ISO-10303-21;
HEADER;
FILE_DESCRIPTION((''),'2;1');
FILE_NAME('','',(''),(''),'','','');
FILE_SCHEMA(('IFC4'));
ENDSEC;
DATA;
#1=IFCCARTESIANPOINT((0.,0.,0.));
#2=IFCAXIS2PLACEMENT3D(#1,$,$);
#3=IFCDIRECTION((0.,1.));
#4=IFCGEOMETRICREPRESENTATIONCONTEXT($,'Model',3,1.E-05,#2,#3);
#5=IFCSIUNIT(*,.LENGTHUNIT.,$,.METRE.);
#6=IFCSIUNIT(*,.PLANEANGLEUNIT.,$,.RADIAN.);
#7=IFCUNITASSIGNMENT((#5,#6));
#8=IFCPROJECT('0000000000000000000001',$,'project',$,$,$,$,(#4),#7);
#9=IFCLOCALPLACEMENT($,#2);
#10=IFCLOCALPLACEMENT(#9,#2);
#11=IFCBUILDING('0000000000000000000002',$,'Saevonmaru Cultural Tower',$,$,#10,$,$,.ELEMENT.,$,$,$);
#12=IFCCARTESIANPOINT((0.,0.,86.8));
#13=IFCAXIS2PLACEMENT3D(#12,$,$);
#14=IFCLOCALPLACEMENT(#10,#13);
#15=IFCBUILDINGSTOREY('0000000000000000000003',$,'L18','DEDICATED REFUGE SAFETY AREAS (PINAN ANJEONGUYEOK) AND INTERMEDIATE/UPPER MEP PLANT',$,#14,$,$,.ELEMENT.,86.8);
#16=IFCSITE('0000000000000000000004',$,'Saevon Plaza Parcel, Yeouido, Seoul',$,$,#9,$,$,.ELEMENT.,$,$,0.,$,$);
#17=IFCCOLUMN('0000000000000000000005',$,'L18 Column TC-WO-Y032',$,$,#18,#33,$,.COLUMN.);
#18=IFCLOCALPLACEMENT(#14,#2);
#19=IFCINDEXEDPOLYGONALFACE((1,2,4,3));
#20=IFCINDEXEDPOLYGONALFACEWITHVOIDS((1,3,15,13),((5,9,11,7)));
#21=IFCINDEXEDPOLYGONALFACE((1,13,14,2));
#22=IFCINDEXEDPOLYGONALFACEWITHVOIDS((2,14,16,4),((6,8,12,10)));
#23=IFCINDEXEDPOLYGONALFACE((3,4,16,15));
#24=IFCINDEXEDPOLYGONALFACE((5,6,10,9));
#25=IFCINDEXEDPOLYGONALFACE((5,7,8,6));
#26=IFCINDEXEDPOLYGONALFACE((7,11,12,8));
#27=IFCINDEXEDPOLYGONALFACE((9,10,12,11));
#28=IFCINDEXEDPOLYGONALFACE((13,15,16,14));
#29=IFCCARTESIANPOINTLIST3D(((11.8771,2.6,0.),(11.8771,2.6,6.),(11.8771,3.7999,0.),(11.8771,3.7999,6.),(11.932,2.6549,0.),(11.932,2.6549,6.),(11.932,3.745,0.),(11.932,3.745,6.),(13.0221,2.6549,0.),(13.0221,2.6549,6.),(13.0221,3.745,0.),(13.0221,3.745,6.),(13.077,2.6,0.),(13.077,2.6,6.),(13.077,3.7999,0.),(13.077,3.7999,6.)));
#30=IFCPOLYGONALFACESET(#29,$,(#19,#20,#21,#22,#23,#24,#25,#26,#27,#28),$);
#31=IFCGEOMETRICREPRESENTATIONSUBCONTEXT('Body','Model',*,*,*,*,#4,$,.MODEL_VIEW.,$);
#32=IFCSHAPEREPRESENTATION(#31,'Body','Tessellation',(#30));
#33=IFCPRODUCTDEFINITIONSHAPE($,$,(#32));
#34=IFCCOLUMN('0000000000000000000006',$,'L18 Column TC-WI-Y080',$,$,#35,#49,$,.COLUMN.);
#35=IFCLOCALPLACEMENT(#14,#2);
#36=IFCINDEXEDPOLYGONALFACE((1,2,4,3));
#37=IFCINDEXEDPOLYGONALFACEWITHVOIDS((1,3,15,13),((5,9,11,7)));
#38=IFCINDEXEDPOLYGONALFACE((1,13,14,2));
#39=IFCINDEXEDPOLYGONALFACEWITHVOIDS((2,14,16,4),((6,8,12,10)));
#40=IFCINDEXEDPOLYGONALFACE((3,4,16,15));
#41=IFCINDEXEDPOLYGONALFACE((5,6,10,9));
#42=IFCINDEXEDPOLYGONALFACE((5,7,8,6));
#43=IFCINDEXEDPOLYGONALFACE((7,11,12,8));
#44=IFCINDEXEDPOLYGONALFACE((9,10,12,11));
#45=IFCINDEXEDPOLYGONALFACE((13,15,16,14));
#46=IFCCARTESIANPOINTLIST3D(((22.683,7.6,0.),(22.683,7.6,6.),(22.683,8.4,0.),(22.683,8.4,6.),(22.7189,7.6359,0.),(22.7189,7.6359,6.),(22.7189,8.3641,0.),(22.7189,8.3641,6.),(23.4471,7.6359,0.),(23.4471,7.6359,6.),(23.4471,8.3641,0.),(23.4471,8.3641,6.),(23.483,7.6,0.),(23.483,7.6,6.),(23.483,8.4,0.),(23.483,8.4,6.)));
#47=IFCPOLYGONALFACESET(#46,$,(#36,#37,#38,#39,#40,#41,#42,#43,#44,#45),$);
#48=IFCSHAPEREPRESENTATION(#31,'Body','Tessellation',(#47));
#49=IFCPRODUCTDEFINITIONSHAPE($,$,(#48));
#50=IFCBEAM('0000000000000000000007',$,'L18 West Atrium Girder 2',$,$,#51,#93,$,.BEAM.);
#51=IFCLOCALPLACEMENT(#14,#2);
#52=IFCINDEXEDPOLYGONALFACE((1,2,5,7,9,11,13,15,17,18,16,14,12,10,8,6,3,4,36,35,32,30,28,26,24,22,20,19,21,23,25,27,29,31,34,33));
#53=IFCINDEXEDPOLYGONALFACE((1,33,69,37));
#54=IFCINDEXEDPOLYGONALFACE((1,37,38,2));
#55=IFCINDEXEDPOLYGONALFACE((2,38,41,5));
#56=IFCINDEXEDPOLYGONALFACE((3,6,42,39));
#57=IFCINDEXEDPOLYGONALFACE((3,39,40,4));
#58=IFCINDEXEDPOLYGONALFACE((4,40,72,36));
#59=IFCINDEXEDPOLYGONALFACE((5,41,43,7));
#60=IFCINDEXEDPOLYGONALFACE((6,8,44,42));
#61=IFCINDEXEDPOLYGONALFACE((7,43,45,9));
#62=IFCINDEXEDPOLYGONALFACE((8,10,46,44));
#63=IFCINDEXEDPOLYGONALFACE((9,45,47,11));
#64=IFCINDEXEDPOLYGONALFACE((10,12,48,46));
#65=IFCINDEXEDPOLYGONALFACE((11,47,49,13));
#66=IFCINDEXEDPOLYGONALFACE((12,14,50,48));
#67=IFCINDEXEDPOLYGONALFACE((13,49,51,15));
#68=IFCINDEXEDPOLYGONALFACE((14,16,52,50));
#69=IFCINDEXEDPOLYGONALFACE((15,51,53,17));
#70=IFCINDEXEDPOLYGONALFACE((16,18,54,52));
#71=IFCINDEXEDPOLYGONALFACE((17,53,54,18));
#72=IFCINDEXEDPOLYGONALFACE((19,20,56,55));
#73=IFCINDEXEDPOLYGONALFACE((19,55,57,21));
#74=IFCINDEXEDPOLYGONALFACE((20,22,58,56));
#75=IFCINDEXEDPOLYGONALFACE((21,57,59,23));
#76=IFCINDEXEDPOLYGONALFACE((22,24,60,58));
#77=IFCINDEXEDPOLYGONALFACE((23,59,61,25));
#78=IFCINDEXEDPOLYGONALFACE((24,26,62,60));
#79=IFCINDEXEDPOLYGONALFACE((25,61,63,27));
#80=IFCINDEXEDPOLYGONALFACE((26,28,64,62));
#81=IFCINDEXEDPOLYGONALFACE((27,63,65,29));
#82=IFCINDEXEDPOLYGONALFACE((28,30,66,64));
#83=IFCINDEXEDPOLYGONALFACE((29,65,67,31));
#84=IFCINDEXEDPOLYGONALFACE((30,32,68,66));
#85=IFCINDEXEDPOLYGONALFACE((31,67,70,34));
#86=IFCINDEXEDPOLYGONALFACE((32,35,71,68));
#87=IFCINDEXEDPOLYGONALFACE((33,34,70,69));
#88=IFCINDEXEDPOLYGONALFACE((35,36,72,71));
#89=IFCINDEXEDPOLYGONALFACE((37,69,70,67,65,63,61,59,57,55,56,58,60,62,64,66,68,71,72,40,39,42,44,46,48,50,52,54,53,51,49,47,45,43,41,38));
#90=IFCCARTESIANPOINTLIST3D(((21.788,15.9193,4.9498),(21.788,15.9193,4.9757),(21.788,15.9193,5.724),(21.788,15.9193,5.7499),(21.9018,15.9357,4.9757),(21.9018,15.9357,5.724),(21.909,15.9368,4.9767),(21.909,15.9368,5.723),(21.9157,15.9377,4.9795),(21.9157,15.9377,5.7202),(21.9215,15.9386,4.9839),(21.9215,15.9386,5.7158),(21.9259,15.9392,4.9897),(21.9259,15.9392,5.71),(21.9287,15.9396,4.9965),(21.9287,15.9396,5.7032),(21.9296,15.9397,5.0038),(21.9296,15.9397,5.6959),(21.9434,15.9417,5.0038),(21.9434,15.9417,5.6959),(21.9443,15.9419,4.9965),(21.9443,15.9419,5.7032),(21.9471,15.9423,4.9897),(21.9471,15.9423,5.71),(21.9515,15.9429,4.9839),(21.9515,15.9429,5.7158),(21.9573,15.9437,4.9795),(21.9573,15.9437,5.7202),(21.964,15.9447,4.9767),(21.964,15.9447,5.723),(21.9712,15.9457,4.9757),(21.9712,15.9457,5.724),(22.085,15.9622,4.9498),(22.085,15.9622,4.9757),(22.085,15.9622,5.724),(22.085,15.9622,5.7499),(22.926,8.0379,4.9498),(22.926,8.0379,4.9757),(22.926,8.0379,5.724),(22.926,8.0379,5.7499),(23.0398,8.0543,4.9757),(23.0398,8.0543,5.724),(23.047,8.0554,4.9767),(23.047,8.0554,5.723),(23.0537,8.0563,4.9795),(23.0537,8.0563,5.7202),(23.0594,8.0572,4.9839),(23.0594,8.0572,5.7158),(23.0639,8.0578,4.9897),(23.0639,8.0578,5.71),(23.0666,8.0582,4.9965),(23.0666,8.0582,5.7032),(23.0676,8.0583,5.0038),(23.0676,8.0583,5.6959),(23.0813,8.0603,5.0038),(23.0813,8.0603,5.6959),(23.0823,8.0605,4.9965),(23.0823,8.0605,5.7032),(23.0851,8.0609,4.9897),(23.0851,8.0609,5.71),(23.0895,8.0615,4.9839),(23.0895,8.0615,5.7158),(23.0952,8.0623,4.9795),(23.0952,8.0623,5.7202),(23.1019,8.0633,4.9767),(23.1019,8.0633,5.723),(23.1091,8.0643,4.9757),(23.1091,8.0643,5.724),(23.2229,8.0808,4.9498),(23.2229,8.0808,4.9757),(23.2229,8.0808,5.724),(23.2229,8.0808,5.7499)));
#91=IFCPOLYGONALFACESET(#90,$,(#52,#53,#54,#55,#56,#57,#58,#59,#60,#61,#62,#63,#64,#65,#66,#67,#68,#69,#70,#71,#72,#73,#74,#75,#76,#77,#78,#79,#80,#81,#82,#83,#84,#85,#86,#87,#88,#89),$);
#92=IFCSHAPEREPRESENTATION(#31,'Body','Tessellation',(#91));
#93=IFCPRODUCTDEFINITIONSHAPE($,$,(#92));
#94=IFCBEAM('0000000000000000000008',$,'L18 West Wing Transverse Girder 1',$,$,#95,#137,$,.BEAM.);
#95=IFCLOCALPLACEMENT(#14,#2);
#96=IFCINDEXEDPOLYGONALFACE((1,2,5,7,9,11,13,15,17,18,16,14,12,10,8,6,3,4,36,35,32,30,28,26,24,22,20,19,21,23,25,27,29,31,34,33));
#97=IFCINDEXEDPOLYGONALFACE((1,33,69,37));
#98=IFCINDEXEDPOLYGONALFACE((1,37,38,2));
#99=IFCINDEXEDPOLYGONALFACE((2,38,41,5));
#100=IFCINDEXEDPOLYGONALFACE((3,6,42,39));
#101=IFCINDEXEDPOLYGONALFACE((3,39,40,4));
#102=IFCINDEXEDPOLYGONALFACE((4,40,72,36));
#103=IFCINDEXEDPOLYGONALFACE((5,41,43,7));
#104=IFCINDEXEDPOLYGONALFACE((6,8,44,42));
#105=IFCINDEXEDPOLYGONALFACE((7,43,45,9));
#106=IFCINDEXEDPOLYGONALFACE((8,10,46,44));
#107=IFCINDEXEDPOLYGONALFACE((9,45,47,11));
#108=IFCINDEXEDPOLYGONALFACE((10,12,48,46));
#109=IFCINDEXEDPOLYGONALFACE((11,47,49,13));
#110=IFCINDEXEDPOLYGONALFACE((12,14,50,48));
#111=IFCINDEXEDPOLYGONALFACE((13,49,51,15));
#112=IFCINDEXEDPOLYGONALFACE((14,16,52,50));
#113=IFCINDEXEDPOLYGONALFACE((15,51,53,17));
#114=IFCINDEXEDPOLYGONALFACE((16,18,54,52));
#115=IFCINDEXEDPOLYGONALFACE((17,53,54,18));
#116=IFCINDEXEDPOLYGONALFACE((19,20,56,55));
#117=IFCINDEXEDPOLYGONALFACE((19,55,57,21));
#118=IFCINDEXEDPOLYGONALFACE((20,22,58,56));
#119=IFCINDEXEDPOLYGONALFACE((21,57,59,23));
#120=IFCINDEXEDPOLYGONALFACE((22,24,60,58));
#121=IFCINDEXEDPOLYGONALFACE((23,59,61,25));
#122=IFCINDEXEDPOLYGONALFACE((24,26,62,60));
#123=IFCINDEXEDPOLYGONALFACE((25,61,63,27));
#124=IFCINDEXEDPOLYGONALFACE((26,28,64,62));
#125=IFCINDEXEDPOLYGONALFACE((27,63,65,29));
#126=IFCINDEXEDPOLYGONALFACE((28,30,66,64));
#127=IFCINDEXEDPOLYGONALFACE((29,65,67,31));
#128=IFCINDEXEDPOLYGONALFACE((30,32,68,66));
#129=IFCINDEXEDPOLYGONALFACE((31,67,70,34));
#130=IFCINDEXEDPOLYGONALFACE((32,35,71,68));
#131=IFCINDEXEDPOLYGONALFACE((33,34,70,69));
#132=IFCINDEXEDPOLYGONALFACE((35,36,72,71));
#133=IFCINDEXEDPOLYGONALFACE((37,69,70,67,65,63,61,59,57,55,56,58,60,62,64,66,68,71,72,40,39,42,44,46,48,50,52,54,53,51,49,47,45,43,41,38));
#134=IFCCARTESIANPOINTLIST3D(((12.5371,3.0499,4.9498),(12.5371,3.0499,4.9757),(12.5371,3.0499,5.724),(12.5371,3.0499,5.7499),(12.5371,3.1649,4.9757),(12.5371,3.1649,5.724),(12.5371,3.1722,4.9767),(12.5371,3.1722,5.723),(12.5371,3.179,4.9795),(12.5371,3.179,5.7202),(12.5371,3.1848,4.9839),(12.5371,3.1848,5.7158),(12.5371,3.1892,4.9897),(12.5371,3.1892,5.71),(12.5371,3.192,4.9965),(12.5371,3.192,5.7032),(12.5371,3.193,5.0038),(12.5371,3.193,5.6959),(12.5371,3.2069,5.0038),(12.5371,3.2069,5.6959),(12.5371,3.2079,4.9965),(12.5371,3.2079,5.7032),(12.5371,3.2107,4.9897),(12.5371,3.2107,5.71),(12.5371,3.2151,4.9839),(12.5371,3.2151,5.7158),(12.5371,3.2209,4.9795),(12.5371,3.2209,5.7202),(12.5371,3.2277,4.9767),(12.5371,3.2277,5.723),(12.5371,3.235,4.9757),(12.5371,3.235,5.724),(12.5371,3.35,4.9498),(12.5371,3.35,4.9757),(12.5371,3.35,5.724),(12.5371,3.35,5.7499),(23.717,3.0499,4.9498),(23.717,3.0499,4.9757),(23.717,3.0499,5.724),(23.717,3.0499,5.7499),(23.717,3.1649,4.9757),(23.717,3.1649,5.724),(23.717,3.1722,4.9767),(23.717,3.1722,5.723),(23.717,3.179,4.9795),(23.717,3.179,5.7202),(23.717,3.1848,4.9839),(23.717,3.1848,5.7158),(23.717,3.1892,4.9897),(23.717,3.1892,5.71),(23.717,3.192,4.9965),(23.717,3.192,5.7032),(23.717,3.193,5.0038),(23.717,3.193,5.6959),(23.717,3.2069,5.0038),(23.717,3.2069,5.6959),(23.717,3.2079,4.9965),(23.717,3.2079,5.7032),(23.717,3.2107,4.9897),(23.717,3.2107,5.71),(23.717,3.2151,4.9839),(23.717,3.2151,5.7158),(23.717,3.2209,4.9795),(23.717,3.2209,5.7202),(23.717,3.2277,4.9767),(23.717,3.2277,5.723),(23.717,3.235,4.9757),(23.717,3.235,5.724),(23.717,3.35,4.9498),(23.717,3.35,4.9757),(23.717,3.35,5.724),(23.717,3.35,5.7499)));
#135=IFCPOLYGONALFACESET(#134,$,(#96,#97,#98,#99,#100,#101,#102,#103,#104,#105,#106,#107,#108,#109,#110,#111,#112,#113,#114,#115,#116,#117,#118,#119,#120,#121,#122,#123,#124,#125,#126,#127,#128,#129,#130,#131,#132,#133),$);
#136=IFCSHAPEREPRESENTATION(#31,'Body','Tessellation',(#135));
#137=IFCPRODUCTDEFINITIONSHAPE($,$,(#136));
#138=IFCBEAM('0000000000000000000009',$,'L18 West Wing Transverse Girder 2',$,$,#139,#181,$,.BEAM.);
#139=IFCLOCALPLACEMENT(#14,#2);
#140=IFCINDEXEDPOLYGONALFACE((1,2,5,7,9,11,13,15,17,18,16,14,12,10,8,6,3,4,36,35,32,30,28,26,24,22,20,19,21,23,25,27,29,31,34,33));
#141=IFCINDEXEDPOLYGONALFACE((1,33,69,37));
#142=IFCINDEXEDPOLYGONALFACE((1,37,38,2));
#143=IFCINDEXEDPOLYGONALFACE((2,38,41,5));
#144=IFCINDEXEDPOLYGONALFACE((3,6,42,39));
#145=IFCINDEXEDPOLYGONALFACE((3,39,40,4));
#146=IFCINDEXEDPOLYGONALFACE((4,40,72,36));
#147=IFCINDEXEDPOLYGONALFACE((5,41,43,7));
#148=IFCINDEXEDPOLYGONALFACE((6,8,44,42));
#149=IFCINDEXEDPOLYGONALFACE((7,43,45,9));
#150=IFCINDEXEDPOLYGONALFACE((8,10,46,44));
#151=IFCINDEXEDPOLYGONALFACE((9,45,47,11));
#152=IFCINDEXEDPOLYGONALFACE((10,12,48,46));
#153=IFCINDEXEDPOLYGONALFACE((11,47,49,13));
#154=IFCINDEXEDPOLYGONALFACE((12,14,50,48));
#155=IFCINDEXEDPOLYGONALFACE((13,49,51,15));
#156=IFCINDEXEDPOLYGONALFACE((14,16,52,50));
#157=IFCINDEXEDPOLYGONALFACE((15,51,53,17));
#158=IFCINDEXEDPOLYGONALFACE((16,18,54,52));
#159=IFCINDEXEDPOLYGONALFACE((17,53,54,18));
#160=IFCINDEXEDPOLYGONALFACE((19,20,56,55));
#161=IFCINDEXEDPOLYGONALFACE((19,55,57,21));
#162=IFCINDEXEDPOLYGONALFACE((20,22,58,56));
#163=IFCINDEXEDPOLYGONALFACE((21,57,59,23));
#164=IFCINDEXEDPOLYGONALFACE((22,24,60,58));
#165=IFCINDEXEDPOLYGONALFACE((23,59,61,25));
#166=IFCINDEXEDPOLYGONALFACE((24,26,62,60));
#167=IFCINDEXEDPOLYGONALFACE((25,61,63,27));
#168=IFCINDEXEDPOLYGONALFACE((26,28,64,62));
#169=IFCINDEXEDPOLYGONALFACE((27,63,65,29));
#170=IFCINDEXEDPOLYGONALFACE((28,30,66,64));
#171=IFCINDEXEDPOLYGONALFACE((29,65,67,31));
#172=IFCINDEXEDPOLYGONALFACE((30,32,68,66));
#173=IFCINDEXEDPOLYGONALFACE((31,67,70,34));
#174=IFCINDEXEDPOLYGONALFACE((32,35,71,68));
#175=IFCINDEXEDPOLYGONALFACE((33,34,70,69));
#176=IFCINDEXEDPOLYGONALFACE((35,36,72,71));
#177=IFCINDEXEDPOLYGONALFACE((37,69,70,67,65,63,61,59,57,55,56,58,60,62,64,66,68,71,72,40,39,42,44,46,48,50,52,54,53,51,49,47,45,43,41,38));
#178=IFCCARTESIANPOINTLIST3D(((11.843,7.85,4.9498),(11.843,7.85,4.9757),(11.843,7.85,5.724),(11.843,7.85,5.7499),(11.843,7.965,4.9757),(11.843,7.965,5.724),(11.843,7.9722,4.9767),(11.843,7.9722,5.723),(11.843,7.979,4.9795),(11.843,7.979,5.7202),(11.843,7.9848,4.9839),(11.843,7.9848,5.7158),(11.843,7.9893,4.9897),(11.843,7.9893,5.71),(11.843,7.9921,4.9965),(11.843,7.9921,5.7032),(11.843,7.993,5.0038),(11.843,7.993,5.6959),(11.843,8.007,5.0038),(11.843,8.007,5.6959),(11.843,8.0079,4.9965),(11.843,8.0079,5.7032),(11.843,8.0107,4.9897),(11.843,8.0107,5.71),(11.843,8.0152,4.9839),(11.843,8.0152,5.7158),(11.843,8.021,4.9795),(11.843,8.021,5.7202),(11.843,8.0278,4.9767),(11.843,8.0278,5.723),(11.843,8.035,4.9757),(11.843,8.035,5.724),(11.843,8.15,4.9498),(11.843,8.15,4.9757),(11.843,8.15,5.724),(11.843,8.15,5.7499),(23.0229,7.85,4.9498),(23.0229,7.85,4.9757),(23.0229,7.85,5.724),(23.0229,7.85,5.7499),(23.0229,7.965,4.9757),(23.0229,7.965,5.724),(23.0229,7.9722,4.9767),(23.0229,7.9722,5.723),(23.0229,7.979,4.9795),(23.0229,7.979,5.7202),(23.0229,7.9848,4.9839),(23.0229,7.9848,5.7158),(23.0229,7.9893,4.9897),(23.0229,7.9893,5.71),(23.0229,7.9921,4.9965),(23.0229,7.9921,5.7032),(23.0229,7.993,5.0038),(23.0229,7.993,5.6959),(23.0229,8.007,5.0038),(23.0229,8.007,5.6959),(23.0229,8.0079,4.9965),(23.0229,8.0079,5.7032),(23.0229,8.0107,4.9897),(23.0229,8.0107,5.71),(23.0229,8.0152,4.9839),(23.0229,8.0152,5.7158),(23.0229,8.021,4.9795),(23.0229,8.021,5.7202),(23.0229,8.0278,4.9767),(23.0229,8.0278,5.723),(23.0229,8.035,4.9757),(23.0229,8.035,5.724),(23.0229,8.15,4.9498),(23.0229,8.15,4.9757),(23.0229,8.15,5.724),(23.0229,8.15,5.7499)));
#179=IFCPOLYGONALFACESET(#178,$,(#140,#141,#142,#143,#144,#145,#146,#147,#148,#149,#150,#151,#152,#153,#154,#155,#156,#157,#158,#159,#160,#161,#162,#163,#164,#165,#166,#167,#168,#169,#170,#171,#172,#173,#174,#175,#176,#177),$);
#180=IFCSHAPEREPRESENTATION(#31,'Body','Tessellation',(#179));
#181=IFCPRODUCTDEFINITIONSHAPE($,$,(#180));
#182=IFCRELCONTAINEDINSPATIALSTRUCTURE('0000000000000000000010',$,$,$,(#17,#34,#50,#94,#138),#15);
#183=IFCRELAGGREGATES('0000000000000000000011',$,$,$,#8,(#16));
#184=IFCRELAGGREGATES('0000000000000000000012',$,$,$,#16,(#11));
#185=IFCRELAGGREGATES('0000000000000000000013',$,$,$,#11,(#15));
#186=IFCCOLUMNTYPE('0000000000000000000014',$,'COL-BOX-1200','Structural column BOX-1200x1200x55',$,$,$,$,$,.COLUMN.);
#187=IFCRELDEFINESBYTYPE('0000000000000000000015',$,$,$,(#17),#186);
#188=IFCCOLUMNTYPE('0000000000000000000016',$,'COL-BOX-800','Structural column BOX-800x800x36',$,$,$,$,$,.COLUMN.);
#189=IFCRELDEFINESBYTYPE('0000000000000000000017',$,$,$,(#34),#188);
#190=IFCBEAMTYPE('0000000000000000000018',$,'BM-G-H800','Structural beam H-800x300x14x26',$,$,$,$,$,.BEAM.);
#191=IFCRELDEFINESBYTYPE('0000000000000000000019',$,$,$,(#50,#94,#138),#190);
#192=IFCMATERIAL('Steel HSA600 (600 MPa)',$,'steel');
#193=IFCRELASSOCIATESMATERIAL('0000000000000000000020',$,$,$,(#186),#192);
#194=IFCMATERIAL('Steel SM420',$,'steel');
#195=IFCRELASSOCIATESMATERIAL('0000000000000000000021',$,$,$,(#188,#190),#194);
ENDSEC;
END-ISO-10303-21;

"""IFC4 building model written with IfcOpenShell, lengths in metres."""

from ifc_helpers import new_model, si_unit, direction, frame, origin, origin_2d, place, context, subcontext, project, spatial, hollow_rectangle, i_section, extrude, material, material_profile, profile_set, type_object, element, save


model = new_model("IFC4")

# Units and contexts
model_context = context("Model", 3, precision=1e-05, world=origin(), true_north=direction((0.0, 1.0)))
body_context = subcontext(model_context, "Body", "Model", "MODEL_VIEW")
ifc_project = project(units=[si_unit("LENGTHUNIT", "METRE"), si_unit("PLANEANGLEUNIT", "RADIAN")], contexts=[model_context])

# Site, building, storey
site_placement = place(None, origin())
site = spatial("IfcSite", under=ifc_project, at=site_placement, Name="Saevon Plaza Parcel, Yeouido, Seoul", CompositionType="ELEMENT", RefElevation=0.0)
building_placement = place(site_placement, origin())
building = spatial("IfcBuilding", under=site, at=building_placement, Name="Saevonmaru Cultural Tower", CompositionType="ELEMENT")
storey_placement = place(building_placement, frame((0.0, 0.0, 86.8)))
storey = spatial("IfcBuildingStorey", under=building, at=storey_placement, Name="L18", Description="DEDICATED REFUGE SAFETY AREAS (PINAN ANJEONGUYEOK) AND INTERMEDIATE/UPPER MEP PLANT", CompositionType="ELEMENT", Elevation=86.8)

# Columns
ifc_material_1 = material(Name="Steel HSA600 (600 MPa)", Category="steel")
ifc_material_profile_1 = material_profile(ifc_material_1, hollow_rectangle(XDim=1.2, YDim=1.2, WallThickness=0.0549, at=origin_2d()), Name="BOX-1200x1200x55")
ifc_profile_set_1 = profile_set([ifc_material_profile_1], Name="Steel HSA600 (600 MPa)")
column_type_1 = type_object("IfcColumnType", Name="COL-BOX-1200", Description="Structural column BOX-1200x1200x55", PredefinedType="COLUMN", material=ifc_profile_set_1)
column_1_placement = place(storey_placement, frame((12.4771, 3.2, 0.0), z_axis=(0.0, 0.0, 1.0), x_axis=(1.0, 0.0, 0.0)))
element("IfcColumn", 1, at=column_1_placement, inside=storey, type_object=column_type_1, Name="L18 Column TC-WO-Y032", PredefinedType="COLUMN", context=body_context, shape_type="SweptSolid", body=[
    extrude(hollow_rectangle(XDim=1.2, YDim=1.2, WallThickness=0.0549, at=origin_2d()), origin(), (0.0, 0.0, 1.0), 6.0),
])
ifc_material_2 = material(Name="Steel SM420", Category="steel")
ifc_material_profile_2 = material_profile(ifc_material_2, hollow_rectangle(XDim=0.8, YDim=0.8, WallThickness=0.0359, at=origin_2d()), Name="BOX-800x800x36")
ifc_profile_set_2 = profile_set([ifc_material_profile_2], Name="Steel SM420")
column_type_2 = type_object("IfcColumnType", Name="COL-BOX-800", Description="Structural column BOX-800x800x36", PredefinedType="COLUMN", material=ifc_profile_set_2)
column_2_placement = place(storey_placement, frame((23.083, 8.0, 0.0), z_axis=(0.0, 0.0, 1.0), x_axis=(1.0, 0.0, 0.0)))
element("IfcColumn", 2, at=column_2_placement, inside=storey, type_object=column_type_2, Name="L18 Column TC-WI-Y080", PredefinedType="COLUMN", context=body_context, shape_type="SweptSolid", body=[
    extrude(hollow_rectangle(XDim=0.8, YDim=0.8, WallThickness=0.0359, at=origin_2d()), origin(), (0.0, 0.0, 1.0), 6.0),
])

# Beams
ifc_material_profile_3 = material_profile(ifc_material_2, i_section(OverallWidth=0.3, OverallDepth=0.8, WebThickness=0.0139, FlangeThickness=0.0259, FilletRadius=0.0281, at=origin_2d()), Name="H-800x300x14x26")
ifc_profile_set_3 = profile_set([ifc_material_profile_3], Name="Steel SM420")
beam_type_1 = type_object("IfcBeamType", Name="BM-G-H800", Description="Structural beam H-800x300x14x26", PredefinedType="BEAM", material=ifc_profile_set_3)
beam_1_placement = place(storey_placement, frame((23.0745, 8.0593, 5.3499), z_axis=(-0.142902, 0.989737, 0.0), x_axis=(-0.989737, -0.142902, 0.0)))
element("IfcBeam", 3, at=beam_1_placement, inside=storey, type_object=beam_type_1, Name="L18 West Atrium Girder 2", PredefinedType="BEAM", context=body_context, shape_type="SweptSolid", body=[
    extrude(i_section(OverallWidth=0.3, OverallDepth=0.8, WebThickness=0.0139, FlangeThickness=0.0259, FilletRadius=0.0281, at=origin_2d()), origin(), (0.0, 0.0, 1.0), 7.9631),
])
for number, where, z_axis, x_axis, name in (
    (4, (12.5371, 3.2, 5.3499), (1.0, 0.0, 0.0), (0.0, 1.0, 0.0), "L18 West Wing Transverse Girder 1"),
    (5, (11.843, 8.0, 5.3499), (1.0, 0.0, 0.0), (0.0, 1.0, 0.0), "L18 West Wing Transverse Girder 2"),
):
    element("IfcBeam", number, at=place(storey_placement, frame(where, z_axis=z_axis, x_axis=x_axis)), inside=storey, type_object=beam_type_1, Name=name, PredefinedType="BEAM", context=body_context, shape_type="SweptSolid", body=[
        extrude(i_section(OverallWidth=0.3, OverallDepth=0.8, WebThickness=0.0139, FlangeThickness=0.0259, FilletRadius=0.0281, at=origin_2d()), origin(), (0.0, 0.0, 1.0), 11.1799),
    ])

save(model, "model.ifc")
